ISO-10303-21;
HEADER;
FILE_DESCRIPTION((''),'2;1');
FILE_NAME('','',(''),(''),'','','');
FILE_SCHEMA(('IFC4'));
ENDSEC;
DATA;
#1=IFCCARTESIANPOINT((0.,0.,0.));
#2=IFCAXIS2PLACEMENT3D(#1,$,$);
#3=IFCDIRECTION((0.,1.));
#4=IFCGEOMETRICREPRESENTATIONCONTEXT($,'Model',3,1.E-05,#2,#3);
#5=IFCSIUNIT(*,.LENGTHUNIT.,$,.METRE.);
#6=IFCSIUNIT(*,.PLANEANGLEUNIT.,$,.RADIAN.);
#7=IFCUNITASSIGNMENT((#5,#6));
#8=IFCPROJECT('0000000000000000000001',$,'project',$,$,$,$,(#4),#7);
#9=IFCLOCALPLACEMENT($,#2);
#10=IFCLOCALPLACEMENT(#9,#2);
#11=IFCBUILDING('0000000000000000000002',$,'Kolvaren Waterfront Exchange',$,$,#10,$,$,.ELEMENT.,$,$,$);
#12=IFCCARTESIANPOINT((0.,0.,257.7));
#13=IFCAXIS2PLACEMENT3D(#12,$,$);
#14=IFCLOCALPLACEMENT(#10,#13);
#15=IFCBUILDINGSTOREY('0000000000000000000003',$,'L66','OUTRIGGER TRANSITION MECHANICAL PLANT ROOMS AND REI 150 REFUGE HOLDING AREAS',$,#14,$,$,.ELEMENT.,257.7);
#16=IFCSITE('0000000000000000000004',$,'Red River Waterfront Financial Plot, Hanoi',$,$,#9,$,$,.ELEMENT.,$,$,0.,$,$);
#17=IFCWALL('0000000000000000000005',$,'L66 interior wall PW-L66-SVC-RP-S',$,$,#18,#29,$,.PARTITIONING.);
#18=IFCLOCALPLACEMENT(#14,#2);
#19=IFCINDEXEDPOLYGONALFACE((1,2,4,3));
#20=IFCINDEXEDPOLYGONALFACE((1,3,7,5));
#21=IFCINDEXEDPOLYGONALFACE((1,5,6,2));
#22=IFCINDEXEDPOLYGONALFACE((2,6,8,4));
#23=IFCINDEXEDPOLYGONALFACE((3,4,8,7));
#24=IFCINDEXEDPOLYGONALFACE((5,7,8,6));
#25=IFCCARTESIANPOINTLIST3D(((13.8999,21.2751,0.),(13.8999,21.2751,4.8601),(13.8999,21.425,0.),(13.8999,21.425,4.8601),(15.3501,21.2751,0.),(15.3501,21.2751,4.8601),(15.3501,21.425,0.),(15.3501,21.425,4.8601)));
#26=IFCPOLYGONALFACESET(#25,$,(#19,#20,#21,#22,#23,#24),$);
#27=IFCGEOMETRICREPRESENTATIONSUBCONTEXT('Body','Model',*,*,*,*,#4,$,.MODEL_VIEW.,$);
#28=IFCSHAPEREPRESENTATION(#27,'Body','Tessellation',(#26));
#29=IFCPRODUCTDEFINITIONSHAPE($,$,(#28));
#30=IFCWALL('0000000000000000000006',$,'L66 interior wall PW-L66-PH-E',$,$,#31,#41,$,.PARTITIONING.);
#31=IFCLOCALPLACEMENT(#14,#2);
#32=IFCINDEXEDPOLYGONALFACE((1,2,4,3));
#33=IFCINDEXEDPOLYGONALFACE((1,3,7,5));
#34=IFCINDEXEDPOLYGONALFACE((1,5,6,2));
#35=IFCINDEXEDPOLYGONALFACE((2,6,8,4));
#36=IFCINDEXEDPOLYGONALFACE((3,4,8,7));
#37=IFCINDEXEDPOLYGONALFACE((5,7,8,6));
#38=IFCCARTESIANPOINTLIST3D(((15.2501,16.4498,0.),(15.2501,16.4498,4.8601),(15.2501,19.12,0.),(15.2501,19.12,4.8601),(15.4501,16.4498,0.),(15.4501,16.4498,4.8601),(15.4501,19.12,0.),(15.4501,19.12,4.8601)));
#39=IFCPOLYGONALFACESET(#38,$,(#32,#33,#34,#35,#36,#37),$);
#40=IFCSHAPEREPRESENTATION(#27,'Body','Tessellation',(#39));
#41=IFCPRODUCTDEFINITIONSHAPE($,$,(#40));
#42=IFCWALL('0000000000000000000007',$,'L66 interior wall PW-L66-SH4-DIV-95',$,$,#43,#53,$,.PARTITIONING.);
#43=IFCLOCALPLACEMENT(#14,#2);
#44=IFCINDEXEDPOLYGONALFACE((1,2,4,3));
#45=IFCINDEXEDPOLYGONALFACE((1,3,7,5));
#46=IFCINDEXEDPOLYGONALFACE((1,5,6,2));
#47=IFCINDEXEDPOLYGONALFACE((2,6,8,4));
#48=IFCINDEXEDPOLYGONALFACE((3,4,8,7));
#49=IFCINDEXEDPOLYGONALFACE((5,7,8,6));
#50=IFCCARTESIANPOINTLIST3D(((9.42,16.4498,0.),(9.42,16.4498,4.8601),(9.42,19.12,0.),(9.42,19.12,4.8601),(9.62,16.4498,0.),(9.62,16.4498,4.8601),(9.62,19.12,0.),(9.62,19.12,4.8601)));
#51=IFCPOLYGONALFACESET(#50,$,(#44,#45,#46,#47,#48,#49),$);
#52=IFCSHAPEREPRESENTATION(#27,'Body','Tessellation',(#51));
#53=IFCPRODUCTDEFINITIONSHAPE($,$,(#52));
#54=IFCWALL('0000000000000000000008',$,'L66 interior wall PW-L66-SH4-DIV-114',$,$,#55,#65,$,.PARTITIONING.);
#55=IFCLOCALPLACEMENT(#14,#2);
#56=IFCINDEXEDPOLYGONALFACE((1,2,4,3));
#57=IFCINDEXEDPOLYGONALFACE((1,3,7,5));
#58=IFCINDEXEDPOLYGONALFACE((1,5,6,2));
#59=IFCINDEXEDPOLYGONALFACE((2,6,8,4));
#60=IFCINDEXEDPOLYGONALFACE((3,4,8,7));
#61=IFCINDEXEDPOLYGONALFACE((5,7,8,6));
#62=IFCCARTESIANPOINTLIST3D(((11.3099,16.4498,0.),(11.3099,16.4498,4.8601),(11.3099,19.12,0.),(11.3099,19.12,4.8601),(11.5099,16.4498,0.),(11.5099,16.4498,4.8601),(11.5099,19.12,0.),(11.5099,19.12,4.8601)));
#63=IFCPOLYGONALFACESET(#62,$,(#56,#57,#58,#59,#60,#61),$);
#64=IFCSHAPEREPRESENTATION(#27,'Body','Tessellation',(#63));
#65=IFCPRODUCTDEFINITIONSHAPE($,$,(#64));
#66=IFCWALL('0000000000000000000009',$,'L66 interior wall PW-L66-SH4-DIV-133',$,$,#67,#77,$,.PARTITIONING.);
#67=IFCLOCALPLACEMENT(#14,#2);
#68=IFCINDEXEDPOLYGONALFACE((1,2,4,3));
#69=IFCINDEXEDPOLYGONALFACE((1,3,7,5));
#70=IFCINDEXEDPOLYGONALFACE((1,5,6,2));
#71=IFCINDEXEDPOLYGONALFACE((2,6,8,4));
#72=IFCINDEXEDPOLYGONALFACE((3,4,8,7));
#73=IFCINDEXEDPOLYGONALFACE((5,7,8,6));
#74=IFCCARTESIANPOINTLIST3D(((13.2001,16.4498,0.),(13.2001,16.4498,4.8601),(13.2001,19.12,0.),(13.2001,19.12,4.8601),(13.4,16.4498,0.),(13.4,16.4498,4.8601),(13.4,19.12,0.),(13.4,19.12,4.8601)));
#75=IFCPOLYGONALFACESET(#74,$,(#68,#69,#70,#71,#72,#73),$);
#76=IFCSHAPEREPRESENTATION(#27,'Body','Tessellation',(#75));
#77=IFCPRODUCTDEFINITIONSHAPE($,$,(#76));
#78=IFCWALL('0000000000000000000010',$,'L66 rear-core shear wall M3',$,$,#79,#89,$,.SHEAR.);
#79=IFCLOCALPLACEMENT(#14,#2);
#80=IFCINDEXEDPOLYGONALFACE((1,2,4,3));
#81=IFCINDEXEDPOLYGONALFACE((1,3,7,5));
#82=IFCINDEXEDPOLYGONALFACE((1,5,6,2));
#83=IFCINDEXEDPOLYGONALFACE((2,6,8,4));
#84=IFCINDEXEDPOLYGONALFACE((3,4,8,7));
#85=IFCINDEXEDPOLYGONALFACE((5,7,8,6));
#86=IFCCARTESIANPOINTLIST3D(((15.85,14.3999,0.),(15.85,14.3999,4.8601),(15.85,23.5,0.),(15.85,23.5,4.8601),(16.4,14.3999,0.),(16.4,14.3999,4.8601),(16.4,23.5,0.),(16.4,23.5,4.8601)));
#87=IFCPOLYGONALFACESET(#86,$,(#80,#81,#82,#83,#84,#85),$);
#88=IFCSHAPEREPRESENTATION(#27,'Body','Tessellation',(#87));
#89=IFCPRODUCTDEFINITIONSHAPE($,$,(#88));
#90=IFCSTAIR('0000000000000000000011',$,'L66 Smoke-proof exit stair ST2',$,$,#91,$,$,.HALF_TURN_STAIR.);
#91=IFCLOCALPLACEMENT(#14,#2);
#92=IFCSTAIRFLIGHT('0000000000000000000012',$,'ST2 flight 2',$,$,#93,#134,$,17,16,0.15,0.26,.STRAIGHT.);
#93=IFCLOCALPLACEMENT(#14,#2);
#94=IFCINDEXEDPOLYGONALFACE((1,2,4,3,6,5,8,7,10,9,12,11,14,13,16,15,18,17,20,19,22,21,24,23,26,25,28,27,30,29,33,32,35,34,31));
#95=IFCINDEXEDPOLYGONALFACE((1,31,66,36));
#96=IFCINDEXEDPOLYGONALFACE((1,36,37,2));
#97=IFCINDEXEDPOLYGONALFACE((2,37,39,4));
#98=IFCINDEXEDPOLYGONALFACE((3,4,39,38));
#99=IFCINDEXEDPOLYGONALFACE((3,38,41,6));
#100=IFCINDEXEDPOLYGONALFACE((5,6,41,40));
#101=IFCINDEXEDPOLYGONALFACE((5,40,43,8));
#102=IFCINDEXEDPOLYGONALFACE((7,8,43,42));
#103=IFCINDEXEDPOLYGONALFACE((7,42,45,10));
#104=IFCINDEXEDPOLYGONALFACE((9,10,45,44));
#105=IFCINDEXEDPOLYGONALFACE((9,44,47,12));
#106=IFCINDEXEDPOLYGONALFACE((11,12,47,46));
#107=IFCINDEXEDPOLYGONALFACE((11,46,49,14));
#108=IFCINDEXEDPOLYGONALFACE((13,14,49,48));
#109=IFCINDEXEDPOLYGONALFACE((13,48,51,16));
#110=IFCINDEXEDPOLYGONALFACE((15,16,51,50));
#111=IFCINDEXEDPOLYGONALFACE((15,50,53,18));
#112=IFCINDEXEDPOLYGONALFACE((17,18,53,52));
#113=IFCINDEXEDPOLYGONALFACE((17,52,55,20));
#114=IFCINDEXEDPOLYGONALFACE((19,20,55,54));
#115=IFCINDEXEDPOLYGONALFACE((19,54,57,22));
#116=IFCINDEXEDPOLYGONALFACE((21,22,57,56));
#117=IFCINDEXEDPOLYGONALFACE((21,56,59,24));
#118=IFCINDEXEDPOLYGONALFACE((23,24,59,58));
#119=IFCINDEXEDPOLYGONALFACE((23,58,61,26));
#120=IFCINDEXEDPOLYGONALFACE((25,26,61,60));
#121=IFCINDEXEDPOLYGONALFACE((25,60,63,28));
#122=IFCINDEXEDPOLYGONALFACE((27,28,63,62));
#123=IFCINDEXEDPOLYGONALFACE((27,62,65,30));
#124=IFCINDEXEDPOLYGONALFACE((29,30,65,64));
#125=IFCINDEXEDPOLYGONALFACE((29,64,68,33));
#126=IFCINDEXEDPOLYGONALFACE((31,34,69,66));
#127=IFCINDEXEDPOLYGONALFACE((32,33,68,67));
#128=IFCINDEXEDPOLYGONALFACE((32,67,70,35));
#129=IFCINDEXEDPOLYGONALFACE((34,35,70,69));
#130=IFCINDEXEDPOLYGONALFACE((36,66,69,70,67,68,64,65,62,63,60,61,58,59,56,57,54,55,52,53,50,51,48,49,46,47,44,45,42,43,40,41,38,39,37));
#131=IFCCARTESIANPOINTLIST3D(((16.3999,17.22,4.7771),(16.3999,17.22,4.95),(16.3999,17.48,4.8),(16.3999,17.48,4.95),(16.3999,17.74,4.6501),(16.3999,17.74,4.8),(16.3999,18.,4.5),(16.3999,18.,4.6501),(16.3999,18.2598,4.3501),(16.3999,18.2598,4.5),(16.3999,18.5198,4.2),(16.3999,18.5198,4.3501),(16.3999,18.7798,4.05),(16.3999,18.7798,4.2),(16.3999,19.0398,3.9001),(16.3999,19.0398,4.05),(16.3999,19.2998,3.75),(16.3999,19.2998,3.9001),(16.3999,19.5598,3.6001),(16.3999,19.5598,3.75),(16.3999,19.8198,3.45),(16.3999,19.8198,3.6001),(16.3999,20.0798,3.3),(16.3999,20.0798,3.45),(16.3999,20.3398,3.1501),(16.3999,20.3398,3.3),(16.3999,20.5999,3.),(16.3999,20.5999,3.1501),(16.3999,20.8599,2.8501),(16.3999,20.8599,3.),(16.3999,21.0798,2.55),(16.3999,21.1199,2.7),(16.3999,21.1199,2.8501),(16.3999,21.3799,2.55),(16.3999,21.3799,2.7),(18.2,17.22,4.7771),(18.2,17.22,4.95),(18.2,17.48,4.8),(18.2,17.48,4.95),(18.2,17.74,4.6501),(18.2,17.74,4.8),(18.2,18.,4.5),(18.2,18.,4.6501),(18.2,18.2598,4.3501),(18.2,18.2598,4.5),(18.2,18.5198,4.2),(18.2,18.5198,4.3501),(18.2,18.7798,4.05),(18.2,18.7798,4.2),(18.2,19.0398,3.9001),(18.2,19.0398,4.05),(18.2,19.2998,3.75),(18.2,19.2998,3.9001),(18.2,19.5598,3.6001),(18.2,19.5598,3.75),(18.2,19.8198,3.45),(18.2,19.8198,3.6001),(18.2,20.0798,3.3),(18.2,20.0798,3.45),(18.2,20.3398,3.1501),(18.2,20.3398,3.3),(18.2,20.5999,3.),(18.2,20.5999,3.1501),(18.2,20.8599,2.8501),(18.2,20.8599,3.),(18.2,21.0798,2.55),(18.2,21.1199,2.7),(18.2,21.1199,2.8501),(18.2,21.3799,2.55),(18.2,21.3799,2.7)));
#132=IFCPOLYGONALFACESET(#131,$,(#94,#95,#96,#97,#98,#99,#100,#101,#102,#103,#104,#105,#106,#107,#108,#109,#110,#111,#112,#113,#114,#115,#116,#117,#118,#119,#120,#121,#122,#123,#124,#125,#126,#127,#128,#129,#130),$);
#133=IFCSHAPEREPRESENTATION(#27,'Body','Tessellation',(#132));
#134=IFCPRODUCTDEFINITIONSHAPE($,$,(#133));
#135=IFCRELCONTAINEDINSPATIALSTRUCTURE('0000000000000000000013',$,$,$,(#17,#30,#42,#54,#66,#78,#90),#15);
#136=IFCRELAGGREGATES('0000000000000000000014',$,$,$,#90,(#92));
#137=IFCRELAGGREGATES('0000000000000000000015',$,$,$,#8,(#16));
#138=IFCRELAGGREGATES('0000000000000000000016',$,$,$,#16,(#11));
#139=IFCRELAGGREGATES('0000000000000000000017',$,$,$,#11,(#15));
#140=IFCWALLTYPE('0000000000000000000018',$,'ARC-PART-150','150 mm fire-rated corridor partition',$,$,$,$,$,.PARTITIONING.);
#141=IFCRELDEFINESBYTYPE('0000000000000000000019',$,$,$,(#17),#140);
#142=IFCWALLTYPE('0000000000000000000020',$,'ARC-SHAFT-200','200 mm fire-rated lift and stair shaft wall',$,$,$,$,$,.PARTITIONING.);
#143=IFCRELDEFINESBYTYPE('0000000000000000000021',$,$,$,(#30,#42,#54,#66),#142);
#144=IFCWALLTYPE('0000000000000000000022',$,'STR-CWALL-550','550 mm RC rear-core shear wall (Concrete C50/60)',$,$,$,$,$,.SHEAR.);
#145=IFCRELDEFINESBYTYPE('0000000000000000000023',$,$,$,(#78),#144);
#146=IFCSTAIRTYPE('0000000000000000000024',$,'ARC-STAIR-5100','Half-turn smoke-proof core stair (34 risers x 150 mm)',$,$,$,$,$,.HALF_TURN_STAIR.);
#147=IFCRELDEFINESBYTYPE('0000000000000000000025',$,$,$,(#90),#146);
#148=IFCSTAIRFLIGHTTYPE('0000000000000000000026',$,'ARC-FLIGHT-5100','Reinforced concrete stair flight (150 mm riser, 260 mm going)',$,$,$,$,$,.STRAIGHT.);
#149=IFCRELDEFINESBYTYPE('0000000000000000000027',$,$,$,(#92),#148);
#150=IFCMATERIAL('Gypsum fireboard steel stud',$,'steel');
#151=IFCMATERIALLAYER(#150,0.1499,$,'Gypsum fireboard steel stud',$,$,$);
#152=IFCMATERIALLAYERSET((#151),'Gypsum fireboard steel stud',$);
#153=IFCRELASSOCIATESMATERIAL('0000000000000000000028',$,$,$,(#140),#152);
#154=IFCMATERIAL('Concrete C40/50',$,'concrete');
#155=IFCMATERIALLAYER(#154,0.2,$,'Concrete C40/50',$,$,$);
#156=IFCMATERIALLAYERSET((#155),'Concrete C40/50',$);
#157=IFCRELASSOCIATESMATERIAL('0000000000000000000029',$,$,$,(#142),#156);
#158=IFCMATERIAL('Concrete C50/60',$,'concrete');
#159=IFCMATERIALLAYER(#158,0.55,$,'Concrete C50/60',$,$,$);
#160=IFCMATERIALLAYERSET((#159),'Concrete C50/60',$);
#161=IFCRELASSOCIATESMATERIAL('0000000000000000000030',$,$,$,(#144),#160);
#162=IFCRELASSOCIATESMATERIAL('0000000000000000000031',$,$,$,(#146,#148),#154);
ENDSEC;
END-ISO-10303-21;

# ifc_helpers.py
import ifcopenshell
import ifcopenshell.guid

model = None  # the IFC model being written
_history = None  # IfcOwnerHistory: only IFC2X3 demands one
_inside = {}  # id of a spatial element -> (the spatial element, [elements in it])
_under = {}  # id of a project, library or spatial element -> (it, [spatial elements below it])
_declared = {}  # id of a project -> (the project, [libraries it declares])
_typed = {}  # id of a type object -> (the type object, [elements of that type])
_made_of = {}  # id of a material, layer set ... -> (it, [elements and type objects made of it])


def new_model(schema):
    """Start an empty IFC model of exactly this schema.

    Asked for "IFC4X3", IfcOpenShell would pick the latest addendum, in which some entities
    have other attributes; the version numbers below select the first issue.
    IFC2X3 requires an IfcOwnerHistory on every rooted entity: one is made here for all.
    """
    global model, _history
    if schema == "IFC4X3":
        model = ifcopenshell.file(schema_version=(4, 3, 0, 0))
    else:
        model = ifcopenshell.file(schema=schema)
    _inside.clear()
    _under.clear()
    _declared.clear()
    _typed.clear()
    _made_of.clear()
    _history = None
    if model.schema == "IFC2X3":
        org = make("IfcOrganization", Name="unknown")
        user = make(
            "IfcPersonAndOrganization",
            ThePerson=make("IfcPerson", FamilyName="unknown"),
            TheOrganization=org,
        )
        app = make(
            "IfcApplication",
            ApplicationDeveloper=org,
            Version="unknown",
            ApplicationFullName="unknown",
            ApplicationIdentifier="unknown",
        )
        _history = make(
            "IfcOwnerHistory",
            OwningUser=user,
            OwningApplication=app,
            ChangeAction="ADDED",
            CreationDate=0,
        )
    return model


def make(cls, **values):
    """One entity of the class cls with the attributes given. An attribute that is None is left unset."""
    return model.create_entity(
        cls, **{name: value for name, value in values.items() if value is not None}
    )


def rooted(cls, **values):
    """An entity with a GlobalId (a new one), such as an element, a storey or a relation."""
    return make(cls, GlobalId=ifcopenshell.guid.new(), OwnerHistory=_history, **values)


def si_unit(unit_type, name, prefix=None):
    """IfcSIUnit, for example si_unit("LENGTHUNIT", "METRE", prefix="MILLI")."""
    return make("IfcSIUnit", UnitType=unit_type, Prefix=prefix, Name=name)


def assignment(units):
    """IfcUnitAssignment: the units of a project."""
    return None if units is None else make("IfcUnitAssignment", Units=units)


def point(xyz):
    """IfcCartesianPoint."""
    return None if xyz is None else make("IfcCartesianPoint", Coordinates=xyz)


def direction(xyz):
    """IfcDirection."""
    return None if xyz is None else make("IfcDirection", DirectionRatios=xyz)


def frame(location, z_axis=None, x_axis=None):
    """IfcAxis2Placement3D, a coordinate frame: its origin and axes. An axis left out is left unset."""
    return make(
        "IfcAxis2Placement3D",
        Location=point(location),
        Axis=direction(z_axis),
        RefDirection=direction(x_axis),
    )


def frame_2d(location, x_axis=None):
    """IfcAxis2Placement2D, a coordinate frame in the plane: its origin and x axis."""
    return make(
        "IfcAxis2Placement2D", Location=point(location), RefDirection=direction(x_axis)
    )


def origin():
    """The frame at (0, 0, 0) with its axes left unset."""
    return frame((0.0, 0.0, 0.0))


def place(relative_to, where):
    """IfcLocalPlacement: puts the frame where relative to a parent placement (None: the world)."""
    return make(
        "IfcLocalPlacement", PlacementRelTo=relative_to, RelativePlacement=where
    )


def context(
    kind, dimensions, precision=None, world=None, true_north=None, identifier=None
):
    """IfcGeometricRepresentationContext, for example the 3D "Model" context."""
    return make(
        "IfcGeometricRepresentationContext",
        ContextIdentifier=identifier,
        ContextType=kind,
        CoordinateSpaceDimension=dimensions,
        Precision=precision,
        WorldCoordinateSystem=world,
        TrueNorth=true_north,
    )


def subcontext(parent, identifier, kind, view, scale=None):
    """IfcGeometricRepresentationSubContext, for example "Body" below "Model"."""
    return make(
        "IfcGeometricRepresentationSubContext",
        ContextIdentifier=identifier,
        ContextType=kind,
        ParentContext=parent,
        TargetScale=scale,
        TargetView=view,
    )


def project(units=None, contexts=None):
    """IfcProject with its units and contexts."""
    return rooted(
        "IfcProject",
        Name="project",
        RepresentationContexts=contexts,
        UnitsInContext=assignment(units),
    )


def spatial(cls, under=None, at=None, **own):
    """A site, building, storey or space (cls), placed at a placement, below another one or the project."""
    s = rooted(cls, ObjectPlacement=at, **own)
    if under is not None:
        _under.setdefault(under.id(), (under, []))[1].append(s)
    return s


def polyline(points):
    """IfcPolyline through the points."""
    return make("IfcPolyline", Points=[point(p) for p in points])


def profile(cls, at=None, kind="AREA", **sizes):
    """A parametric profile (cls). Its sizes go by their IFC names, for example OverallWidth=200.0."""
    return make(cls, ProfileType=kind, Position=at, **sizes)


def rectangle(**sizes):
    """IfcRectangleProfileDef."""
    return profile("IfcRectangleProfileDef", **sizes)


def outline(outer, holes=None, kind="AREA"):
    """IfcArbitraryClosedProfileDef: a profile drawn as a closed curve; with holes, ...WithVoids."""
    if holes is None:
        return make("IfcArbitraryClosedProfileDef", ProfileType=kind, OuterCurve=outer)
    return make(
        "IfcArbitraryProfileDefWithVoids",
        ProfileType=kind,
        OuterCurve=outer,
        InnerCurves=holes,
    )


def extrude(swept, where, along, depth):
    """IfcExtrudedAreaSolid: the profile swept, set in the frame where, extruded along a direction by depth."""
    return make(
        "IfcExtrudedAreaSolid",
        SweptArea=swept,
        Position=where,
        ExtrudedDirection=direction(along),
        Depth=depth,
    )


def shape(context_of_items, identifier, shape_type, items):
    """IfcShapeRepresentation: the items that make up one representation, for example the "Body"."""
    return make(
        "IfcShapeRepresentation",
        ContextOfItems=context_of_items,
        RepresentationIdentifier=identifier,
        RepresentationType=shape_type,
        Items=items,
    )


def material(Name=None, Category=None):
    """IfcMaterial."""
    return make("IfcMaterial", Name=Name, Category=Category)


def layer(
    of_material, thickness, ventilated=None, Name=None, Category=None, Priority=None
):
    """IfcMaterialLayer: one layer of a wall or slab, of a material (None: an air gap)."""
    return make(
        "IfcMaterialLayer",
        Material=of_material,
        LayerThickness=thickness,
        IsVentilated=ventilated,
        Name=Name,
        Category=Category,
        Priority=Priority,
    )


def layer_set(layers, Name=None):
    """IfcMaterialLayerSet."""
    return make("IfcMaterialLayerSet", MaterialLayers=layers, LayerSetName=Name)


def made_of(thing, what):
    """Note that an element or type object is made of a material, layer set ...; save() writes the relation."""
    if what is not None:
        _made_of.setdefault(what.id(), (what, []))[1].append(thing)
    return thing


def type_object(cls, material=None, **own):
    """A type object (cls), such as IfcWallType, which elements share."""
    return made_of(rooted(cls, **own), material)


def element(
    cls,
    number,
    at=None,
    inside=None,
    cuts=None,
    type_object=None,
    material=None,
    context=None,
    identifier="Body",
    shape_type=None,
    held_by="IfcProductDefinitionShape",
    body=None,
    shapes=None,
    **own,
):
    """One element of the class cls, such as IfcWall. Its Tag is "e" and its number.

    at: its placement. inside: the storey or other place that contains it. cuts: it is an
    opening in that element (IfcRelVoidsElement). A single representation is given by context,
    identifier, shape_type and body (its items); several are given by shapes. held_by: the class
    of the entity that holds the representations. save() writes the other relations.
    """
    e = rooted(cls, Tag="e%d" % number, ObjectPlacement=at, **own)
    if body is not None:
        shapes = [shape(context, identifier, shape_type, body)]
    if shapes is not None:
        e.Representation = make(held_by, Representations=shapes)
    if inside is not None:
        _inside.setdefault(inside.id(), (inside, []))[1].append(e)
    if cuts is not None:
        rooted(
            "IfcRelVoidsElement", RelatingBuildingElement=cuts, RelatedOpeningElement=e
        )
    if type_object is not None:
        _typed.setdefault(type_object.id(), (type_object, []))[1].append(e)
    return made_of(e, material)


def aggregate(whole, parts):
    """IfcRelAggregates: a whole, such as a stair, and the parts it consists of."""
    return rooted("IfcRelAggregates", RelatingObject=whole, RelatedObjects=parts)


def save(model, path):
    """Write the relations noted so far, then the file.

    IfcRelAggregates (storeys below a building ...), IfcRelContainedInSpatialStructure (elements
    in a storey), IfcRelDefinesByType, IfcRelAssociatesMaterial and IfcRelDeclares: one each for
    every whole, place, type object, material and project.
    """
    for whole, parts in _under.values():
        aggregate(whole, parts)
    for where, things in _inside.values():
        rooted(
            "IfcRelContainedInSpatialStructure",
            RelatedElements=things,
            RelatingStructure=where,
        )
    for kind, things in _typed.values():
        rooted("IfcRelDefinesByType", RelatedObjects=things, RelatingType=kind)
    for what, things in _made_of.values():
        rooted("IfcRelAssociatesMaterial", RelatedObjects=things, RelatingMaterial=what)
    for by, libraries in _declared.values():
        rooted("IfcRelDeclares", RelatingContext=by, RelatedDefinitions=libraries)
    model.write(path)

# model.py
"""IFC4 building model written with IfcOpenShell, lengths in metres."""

from ifc_helpers import new_model, si_unit, direction, frame, frame_2d, origin, place, context, subcontext, project, spatial, polyline, rectangle, outline, extrude, material, layer, layer_set, type_object, element, aggregate, save


model = new_model("IFC4")

# Units and contexts
model_context = context("Model", 3, precision=1e-05, world=origin(), true_north=direction((0.0, 1.0)))
body_context = subcontext(model_context, "Body", "Model", "MODEL_VIEW")
ifc_project = project(units=[si_unit("LENGTHUNIT", "METRE"), si_unit("PLANEANGLEUNIT", "RADIAN")], contexts=[model_context])

# Site, building, storey
site_placement = place(None, origin())
site = spatial("IfcSite", under=ifc_project, at=site_placement, Name="Red River Waterfront Financial Plot, Hanoi", CompositionType="ELEMENT", RefElevation=0.0)
building_placement = place(site_placement, origin())
building = spatial("IfcBuilding", under=site, at=building_placement, Name="Kolvaren Waterfront Exchange", CompositionType="ELEMENT")
storey_placement = place(building_placement, frame((0.0, 0.0, 257.7)))
storey = spatial("IfcBuildingStorey", under=building, at=storey_placement, Name="L66", Description="OUTRIGGER TRANSITION MECHANICAL PLANT ROOMS AND REI 150 REFUGE HOLDING AREAS", CompositionType="ELEMENT", Elevation=257.7)

# Walls
ifc_material_1 = material(Name="Gypsum fireboard steel stud", Category="steel")
ifc_layer_1 = layer(ifc_material_1, 0.1499, Name="Gypsum fireboard steel stud")
ifc_layer_set_1 = layer_set([ifc_layer_1], Name="Gypsum fireboard steel stud")
wall_type_1 = type_object("IfcWallType", Name="ARC-PART-150", Description="150 mm fire-rated corridor partition", PredefinedType="PARTITIONING", material=ifc_layer_set_1)
wall_1_placement = place(storey_placement, frame((13.8999, 21.3501, 0.0), z_axis=(0.0, 0.0, 1.0), x_axis=(1.0, 0.0, 0.0)))
element("IfcWall", 1, at=wall_1_placement, inside=storey, type_object=wall_type_1, Name="L66 interior wall PW-L66-SVC-RP-S", PredefinedType="PARTITIONING", context=body_context, shape_type="SweptSolid", body=[
    extrude(rectangle(XDim=1.4502, YDim=0.1499, at=frame_2d((0.7251, 0.0))), origin(), (0.0, 0.0, 1.0), 4.8601),
])
ifc_material_2 = material(Name="Concrete C40/50", Category="concrete")
ifc_layer_2 = layer(ifc_material_2, 0.2, Name="Concrete C40/50")
ifc_layer_set_2 = layer_set([ifc_layer_2], Name="Concrete C40/50")
wall_type_2 = type_object("IfcWallType", Name="ARC-SHAFT-200", Description="200 mm fire-rated lift and stair shaft wall", PredefinedType="PARTITIONING", material=ifc_layer_set_2)
for number, where, z_axis, x_axis, name in (
    (2, (15.3501, 16.45, 0.0), (0.0, 0.0, 1.0), (0.0, 1.0, 0.0), "L66 interior wall PW-L66-PH-E"),
    (3, (9.52, 16.45, 0.0), (0.0, 0.0, 1.0), (0.0, 1.0, 0.0), "L66 interior wall PW-L66-SH4-DIV-95"),
    (4, (11.4099, 16.45, 0.0), (0.0, 0.0, 1.0), (0.0, 1.0, 0.0), "L66 interior wall PW-L66-SH4-DIV-114"),
    (5, (13.3, 16.45, 0.0), (0.0, 0.0, 1.0), (0.0, 1.0, 0.0), "L66 interior wall PW-L66-SH4-DIV-133"),
):
    element("IfcWall", number, at=place(storey_placement, frame(where, z_axis=z_axis, x_axis=x_axis)), inside=storey, type_object=wall_type_2, Name=name, PredefinedType="PARTITIONING", context=body_context, shape_type="SweptSolid", body=[
        extrude(rectangle(XDim=2.6702, YDim=0.2, at=frame_2d((1.335, 0.0))), origin(), (0.0, 0.0, 1.0), 4.8601),
    ])
ifc_material_3 = material(Name="Concrete C50/60", Category="concrete")
ifc_layer_3 = layer(ifc_material_3, 0.55, Name="Concrete C50/60")
ifc_layer_set_3 = layer_set([ifc_layer_3], Name="Concrete C50/60")
wall_type_3 = type_object("IfcWallType", Name="STR-CWALL-550", Description="550 mm RC rear-core shear wall (Concrete C50/60)", PredefinedType="SHEAR", material=ifc_layer_set_3)
wall_2_placement = place(storey_placement, frame((16.125, 14.3999, 0.0), z_axis=(0.0, 0.0, 1.0), x_axis=(0.0, 1.0, 0.0)))
element("IfcWall", 6, at=wall_2_placement, inside=storey, type_object=wall_type_3, Name="L66 rear-core shear wall M3", PredefinedType="SHEAR", context=body_context, shape_type="SweptSolid", body=[
    extrude(rectangle(XDim=9.1001, YDim=0.55, at=frame_2d((4.55, 0.0))), origin(), (0.0, 0.0, 1.0), 4.8601),
])

# Stair, stair flight
stair_type = type_object("IfcStairType", Name="ARC-STAIR-5100", Description="Half-turn smoke-proof core stair (34 risers x 150 mm)", PredefinedType="HALF_TURN_STAIR", material=ifc_material_2)
stair_placement = place(storey_placement, origin())
stair = element("IfcStair", 7, at=stair_placement, inside=storey, type_object=stair_type, Name="L66 Smoke-proof exit stair ST2", PredefinedType="HALF_TURN_STAIR")
stair_flight_type = type_object("IfcStairFlightType", Name="ARC-FLIGHT-5100", Description="Reinforced concrete stair flight (150 mm riser, 260 mm going)", PredefinedType="STRAIGHT", material=ifc_material_2)
stair_flight_placement = place(storey_placement, frame((17.3, 21.3799, 2.55), z_axis=(0.0, 0.0, 1.0), x_axis=(0.0, -1.0, 0.0)))
stair_flight = element("IfcStairFlight", 8, at=stair_flight_placement, type_object=stair_flight_type, Name="ST2 flight 2", NumberOfRisers=17, NumberOfTreads=16, PredefinedType="STRAIGHT", RiserHeight=0.15, TreadLength=0.26, context=body_context, shape_type="SweptSolid", body=[
    extrude(outline(polyline([(0.0, 0.0), (0.0, 0.1499), (0.26, 0.1499), (0.26, 0.3), (0.52, 0.3), (0.52, 0.45), (0.78, 0.45), (0.78, 0.6001), (1.04, 0.6001), (1.04, 0.75), (1.3, 0.75), (1.3, 0.8999), (1.5601, 0.8999), (1.5601, 1.05), (1.8201, 1.05), (1.8201, 1.2), (2.0801, 1.2), (2.0801, 1.3501), (2.3401, 1.3501), (2.3401, 1.5), (2.6001, 1.5), (2.6001, 1.6499), (2.8601, 1.6499), (2.8601, 1.8), (3.1201, 1.8), (3.1201, 1.95), (3.3799, 1.95), (3.3799, 2.1001), (3.6399, 2.1001), (3.6399, 2.25), (3.8999, 2.25), (3.8999, 2.3999), (4.1599, 2.3999), (4.1599, 2.55), (4.1599, 2.2271), (0.3, 0.0), (0.0, 0.0)])), frame((0.0, 0.8999, 0.0), z_axis=(0.0, -1.0, 0.0), x_axis=(1.0, 0.0, 0.0)), (0.0, 0.0, 1.0), 1.8),
])
aggregate(stair, [stair_flight])

save(model, "model.ifc")
